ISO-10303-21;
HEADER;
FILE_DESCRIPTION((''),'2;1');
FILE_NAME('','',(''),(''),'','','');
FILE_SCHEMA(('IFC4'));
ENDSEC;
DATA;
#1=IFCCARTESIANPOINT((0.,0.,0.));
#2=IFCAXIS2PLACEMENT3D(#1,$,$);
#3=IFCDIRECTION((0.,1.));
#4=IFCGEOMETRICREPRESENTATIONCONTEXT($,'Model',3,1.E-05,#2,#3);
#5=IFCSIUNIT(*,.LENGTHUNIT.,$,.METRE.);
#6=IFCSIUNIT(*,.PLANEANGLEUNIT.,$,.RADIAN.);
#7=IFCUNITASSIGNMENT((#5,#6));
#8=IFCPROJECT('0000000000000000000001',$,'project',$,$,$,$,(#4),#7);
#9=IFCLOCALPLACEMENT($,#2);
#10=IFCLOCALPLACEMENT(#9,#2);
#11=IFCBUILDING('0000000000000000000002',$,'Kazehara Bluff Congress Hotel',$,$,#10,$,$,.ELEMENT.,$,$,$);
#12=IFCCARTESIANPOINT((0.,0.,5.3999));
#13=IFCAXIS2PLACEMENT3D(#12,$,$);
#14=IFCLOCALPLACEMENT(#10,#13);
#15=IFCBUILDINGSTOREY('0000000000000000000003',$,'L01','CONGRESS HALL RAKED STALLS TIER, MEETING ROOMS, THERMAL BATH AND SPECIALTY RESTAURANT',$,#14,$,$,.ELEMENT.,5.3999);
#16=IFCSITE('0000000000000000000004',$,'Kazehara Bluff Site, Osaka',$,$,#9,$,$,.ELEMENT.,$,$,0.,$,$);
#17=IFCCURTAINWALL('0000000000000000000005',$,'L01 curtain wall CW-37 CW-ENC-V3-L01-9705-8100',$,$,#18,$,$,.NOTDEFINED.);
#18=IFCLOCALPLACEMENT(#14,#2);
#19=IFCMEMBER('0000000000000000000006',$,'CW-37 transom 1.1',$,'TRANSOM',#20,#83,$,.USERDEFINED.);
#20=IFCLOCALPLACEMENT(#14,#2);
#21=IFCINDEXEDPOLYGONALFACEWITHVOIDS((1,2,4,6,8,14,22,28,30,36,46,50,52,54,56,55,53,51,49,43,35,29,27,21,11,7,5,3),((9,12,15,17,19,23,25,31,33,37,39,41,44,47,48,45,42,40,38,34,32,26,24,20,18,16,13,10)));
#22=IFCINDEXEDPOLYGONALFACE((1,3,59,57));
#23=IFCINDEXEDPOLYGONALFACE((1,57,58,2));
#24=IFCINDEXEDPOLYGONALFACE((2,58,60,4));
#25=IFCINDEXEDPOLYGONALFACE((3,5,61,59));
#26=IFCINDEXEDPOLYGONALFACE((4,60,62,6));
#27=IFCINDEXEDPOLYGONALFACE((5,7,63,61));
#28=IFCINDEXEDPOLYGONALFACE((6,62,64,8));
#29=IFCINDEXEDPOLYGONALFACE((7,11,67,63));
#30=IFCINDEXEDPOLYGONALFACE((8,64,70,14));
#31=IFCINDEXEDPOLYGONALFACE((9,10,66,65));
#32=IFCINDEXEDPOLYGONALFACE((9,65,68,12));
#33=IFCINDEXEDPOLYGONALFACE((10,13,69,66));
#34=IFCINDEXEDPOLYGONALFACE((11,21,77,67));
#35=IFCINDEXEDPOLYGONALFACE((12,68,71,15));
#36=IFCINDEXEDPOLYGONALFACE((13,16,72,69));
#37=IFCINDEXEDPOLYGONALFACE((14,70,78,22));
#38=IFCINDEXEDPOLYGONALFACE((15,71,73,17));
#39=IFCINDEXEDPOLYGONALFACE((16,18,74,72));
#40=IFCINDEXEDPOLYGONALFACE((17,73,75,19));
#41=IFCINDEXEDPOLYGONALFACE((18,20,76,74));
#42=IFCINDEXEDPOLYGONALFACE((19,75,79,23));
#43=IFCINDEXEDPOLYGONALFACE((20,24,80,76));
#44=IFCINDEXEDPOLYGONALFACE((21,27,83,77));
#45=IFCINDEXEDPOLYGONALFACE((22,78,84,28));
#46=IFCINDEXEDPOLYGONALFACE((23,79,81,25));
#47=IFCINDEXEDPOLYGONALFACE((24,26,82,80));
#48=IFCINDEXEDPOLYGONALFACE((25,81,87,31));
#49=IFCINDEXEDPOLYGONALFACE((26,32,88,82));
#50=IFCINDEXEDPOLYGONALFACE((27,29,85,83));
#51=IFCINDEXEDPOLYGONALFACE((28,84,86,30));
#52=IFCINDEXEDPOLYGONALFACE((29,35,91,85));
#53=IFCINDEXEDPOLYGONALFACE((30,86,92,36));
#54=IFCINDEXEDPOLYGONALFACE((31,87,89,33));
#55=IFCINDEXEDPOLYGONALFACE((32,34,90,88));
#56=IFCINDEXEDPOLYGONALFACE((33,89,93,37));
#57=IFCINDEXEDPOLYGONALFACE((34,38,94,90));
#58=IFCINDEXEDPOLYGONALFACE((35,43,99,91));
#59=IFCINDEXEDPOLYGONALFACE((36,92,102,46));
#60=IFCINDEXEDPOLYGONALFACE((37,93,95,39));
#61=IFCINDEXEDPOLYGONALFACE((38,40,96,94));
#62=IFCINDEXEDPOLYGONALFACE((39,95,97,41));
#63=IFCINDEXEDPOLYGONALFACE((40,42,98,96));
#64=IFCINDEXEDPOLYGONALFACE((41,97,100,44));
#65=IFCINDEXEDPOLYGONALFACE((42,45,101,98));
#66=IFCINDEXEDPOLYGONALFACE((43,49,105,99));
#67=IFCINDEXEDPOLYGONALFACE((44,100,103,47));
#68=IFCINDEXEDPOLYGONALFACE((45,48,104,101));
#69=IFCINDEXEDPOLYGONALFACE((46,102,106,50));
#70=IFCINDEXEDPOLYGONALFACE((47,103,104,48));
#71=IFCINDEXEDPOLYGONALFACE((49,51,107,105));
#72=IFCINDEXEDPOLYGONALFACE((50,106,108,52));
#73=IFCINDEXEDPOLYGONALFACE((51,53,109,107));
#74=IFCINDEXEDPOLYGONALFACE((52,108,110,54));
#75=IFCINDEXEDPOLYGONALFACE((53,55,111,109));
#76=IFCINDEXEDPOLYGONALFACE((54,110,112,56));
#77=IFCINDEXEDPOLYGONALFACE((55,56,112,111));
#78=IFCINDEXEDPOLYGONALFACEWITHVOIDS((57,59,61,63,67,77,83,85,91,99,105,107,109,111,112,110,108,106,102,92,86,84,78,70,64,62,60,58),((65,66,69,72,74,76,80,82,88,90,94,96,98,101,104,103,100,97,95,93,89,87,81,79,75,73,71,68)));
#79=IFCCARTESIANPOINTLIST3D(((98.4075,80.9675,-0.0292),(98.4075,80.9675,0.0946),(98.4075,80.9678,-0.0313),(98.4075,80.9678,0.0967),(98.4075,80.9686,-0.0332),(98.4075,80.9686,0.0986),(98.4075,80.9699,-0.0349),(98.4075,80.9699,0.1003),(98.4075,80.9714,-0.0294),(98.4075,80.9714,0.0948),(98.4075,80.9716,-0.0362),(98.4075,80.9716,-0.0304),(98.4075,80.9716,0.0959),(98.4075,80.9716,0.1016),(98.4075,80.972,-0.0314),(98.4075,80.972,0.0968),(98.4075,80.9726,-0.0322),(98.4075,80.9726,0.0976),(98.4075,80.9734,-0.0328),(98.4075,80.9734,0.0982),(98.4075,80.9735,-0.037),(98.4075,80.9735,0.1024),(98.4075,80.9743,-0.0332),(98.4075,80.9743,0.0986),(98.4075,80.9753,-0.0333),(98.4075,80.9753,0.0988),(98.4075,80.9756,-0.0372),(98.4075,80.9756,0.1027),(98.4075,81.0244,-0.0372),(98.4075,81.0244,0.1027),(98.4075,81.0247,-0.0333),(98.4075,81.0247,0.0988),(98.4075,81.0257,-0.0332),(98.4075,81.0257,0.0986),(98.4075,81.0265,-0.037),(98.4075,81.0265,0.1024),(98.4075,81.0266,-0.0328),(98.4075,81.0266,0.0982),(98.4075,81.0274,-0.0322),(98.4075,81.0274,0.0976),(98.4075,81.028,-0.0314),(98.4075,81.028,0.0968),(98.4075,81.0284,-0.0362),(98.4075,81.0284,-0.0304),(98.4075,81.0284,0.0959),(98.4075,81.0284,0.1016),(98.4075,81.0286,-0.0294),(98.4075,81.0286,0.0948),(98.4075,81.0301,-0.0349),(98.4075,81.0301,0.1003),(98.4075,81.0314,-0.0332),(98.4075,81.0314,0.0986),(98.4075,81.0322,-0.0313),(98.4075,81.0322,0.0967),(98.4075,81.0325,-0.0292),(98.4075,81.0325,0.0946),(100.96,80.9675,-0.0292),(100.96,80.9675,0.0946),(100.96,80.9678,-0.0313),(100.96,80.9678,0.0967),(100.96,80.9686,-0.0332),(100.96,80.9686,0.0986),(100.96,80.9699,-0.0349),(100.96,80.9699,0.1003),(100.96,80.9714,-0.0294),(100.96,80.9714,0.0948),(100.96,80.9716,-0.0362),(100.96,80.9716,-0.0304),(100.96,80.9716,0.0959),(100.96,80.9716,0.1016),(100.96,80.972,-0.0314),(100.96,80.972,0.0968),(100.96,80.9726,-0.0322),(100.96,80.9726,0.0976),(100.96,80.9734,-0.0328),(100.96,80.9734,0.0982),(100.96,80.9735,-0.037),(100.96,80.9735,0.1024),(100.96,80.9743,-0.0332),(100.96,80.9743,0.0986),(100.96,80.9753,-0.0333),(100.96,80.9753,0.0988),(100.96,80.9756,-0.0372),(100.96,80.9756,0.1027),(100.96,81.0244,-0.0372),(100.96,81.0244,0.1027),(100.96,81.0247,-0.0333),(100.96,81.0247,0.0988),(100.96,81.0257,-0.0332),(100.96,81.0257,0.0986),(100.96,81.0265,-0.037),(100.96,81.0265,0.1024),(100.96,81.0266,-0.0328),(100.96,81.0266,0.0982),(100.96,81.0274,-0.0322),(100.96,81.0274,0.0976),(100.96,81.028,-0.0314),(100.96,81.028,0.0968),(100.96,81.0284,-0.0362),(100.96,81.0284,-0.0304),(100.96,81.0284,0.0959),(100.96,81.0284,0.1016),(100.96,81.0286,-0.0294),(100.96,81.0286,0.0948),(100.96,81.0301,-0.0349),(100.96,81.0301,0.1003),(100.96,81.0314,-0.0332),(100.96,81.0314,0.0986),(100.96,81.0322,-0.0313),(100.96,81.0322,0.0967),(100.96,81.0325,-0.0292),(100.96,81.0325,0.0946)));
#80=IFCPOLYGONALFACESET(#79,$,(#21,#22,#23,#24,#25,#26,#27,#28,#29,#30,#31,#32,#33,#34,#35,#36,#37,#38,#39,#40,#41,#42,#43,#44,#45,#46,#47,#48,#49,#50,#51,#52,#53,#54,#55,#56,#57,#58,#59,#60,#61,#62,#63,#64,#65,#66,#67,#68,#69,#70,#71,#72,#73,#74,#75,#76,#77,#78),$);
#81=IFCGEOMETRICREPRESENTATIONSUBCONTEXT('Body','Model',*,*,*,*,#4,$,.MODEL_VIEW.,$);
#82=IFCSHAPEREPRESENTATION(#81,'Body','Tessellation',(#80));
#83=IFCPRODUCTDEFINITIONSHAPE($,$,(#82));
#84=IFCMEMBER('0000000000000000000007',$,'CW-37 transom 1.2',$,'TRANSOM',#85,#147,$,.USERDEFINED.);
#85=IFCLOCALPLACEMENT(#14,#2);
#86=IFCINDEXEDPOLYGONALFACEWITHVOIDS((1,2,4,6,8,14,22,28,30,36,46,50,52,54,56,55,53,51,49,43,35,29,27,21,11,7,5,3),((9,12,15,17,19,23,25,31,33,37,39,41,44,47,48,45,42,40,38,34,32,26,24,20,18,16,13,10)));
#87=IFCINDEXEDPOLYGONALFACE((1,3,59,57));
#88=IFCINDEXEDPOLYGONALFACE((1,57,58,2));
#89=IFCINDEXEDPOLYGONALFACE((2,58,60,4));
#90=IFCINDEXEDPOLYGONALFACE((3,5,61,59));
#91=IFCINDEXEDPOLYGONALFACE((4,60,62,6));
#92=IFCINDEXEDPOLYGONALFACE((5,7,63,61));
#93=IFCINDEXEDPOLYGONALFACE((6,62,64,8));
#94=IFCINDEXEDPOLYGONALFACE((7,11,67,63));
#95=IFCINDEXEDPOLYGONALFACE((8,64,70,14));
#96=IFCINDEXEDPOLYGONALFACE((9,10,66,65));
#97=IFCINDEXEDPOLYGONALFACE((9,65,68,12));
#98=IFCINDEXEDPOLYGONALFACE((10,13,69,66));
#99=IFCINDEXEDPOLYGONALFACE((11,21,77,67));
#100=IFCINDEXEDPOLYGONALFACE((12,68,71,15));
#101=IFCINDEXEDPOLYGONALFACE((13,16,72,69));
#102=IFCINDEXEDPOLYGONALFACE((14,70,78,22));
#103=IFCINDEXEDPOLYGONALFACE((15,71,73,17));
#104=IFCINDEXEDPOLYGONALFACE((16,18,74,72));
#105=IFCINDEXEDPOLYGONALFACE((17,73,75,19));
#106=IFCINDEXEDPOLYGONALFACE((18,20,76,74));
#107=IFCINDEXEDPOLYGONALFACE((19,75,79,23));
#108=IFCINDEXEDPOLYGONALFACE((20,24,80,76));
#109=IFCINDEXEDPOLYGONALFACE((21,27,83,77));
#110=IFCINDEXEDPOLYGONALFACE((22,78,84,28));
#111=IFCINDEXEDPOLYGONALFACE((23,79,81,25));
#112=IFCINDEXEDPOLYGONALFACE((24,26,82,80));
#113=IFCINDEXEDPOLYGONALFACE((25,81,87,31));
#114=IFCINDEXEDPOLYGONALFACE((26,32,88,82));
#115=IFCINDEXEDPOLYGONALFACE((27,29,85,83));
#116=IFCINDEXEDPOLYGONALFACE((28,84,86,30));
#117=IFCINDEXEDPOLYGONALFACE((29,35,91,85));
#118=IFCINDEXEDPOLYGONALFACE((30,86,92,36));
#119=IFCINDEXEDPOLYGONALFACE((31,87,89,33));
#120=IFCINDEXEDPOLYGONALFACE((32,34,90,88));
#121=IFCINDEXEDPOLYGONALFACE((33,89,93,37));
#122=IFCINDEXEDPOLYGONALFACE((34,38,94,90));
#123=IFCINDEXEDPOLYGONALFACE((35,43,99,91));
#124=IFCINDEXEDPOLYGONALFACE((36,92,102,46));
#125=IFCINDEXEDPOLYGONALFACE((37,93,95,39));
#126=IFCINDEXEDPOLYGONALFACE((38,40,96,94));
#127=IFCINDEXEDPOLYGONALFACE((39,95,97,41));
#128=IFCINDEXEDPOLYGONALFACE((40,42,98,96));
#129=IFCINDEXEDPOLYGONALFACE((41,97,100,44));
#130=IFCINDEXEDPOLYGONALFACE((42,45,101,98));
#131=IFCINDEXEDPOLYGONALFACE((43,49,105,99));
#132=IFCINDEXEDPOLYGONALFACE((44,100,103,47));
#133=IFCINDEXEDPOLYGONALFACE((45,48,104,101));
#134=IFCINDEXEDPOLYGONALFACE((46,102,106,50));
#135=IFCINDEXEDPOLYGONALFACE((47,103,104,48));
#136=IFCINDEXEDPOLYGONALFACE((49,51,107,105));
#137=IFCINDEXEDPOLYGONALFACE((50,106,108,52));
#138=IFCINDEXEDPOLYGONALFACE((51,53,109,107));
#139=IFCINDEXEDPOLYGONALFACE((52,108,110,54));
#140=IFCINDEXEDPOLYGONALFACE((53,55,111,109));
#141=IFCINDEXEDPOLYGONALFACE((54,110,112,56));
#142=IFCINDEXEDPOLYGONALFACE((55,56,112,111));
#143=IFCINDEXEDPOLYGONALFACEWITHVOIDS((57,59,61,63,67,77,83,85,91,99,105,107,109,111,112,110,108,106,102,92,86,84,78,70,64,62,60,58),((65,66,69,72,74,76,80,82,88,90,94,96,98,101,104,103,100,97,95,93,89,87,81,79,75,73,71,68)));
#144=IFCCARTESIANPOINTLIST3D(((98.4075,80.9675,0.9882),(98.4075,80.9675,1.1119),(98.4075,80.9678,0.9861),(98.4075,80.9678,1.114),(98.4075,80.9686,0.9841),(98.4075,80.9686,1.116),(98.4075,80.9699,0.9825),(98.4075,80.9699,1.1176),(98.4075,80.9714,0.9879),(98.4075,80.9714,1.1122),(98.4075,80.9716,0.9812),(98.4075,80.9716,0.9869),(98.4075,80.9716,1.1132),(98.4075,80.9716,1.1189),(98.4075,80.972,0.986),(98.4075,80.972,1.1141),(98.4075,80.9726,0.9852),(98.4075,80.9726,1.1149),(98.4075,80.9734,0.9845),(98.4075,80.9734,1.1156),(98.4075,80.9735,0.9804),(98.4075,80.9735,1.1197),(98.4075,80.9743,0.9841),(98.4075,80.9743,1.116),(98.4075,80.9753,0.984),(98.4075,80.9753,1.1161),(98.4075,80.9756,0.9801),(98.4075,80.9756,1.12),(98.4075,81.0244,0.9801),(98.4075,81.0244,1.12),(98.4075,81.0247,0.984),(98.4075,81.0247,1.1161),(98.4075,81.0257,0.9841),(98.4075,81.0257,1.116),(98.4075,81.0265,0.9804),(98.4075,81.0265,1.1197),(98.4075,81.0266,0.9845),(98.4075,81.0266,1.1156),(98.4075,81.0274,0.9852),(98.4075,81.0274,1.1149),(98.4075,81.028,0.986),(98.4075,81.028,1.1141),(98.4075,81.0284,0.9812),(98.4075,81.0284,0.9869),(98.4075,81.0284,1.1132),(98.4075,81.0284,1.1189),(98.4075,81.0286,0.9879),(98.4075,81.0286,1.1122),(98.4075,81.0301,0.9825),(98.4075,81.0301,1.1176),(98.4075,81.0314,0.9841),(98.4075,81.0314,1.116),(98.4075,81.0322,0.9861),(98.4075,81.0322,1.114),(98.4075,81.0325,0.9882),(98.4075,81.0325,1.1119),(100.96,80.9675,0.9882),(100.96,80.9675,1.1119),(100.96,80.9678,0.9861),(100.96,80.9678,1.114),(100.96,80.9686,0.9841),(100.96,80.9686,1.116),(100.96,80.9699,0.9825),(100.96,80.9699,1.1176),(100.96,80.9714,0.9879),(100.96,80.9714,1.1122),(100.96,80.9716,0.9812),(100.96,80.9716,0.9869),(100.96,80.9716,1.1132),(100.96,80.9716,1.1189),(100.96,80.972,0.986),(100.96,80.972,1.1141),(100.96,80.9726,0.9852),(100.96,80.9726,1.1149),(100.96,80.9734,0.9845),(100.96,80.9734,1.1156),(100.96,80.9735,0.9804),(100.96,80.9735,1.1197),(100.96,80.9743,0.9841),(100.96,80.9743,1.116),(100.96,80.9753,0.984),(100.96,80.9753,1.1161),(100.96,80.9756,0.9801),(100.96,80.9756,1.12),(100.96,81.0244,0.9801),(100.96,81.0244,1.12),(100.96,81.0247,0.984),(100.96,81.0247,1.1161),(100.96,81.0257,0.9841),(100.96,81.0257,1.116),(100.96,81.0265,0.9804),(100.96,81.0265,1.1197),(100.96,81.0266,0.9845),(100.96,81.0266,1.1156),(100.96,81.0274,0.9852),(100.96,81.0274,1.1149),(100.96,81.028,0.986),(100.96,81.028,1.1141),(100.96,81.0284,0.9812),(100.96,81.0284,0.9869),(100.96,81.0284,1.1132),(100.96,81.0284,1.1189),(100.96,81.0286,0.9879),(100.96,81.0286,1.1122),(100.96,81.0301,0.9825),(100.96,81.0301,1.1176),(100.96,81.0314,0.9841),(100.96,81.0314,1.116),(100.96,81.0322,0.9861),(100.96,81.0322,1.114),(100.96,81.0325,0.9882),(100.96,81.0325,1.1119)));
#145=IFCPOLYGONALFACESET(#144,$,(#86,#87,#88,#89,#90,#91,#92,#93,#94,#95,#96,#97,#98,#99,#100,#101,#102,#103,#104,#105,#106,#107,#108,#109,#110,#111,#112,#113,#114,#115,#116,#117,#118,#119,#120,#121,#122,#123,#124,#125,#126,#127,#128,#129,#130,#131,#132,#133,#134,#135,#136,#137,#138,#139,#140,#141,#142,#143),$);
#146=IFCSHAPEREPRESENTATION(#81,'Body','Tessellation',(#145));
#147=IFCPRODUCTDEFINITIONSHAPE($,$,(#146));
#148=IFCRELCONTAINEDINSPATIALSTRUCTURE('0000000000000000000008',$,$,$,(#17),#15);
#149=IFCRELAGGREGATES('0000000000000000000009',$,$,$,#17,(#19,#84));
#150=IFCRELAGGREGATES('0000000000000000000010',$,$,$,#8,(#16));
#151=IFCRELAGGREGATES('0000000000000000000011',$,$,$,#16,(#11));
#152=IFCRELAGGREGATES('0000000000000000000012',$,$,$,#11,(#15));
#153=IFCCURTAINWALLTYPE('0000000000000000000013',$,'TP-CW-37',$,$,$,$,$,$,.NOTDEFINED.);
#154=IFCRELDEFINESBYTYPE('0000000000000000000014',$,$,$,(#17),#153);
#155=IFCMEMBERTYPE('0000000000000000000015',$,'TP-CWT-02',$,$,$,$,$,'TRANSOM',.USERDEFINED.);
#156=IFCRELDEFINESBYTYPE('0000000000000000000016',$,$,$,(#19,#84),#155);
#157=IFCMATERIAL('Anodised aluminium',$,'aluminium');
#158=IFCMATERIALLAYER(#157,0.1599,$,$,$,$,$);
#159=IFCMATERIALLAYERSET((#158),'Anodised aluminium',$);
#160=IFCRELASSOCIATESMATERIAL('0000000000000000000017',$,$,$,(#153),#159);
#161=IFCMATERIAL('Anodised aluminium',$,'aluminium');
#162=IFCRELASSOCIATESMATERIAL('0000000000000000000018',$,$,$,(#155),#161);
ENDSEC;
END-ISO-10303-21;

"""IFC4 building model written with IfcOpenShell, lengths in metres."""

from ifc_helpers import new_model, si_unit, direction, frame, origin, origin_2d, place, context, subcontext, project, spatial, hollow_rectangle, extrude, material, layer, layer_set, material_profile, profile_set, type_object, element, aggregate, save


model = new_model("IFC4")

# Units and contexts
model_context = context("Model", 3, precision=1e-05, world=origin(), true_north=direction((0.0, 1.0)))
body_context = subcontext(model_context, "Body", "Model", "MODEL_VIEW")
ifc_project = project(units=[si_unit("LENGTHUNIT", "METRE"), si_unit("PLANEANGLEUNIT", "RADIAN")], contexts=[model_context])

# Site, building, storey
site_placement = place(None, origin())
site = spatial("IfcSite", under=ifc_project, at=site_placement, Name="Kazehara Bluff Site, Osaka", CompositionType="ELEMENT", RefElevation=0.0)
building_placement = place(site_placement, origin())
building = spatial("IfcBuilding", under=site, at=building_placement, Name="Kazehara Bluff Congress Hotel", CompositionType="ELEMENT")
storey_placement = place(building_placement, frame((0.0, 0.0, 5.3999)))
storey = spatial("IfcBuildingStorey", under=building, at=storey_placement, Name="L01", Description="CONGRESS HALL RAKED STALLS TIER, MEETING ROOMS, THERMAL BATH AND SPECIALTY RESTAURANT", CompositionType="ELEMENT", Elevation=5.3999)

# Curtain wall
ifc_material_1 = material(Name="Anodised aluminium", Category="aluminium")
ifc_layer_1 = layer(ifc_material_1, 0.1599)
ifc_layer_set_1 = layer_set([ifc_layer_1], Name="Anodised aluminium")
curtain_wall_type_1 = type_object("IfcCurtainWallType", Name="TP-CW-37", PredefinedType="NOTDEFINED", material=ifc_layer_set_1)
curtain_wall_1_placement = place(storey_placement, origin())
curtain_wall_1 = element("IfcCurtainWall", 1, at=curtain_wall_1_placement, inside=storey, type_object=curtain_wall_type_1, Name="L01 curtain wall CW-37 CW-ENC-V3-L01-9705-8100", PredefinedType="NOTDEFINED")

# Members
ifc_material_2 = material(Name="Anodised aluminium", Category="aluminium")
ifc_material_profile_1 = material_profile(ifc_material_2, hollow_rectangle(XDim=0.0649, YDim=0.1399, WallThickness=0.0039, InnerFilletRadius=0.0039, OuterFilletRadius=0.0081, at=origin_2d()))
ifc_profile_set_1 = profile_set([ifc_material_profile_1], Name="Anodised aluminium")
member_type_1 = type_object("IfcMemberType", Name="TP-CWT-02", ElementType="TRANSOM", PredefinedType="USERDEFINED", material=ifc_profile_set_1)
member_1_placement = place(storey_placement, frame((100.96, 81.0, 0.0327), z_axis=(-1.0, 0.0, 0.0), x_axis=(0.0, -1.0, 0.0)))
member_1 = element("IfcMember", 2, at=member_1_placement, type_object=member_type_1, Name="CW-37 transom 1.1", ObjectType="TRANSOM", PredefinedType="USERDEFINED", context=body_context, shape_type="SweptSolid", body=[
    extrude(hollow_rectangle(XDim=0.0649, YDim=0.1399, WallThickness=0.0039, InnerFilletRadius=0.0039, OuterFilletRadius=0.0081, at=origin_2d()), origin(), (0.0, 0.0, 1.0), 2.5525),
])
member_2_placement = place(storey_placement, frame((100.96, 81.0, 1.05), z_axis=(-1.0, 0.0, 0.0), x_axis=(0.0, -1.0, 0.0)))
member_2 = element("IfcMember", 3, at=member_2_placement, type_object=member_type_1, Name="CW-37 transom 1.2", ObjectType="TRANSOM", PredefinedType="USERDEFINED", context=body_context, shape_type="SweptSolid", body=[
    extrude(hollow_rectangle(XDim=0.0649, YDim=0.1399, WallThickness=0.0039, InnerFilletRadius=0.0039, OuterFilletRadius=0.0081, at=origin_2d()), origin(), (0.0, 0.0, 1.0), 2.5525),
])

aggregate(curtain_wall_1, [member_1, member_2])

save(model, "model.ifc")
